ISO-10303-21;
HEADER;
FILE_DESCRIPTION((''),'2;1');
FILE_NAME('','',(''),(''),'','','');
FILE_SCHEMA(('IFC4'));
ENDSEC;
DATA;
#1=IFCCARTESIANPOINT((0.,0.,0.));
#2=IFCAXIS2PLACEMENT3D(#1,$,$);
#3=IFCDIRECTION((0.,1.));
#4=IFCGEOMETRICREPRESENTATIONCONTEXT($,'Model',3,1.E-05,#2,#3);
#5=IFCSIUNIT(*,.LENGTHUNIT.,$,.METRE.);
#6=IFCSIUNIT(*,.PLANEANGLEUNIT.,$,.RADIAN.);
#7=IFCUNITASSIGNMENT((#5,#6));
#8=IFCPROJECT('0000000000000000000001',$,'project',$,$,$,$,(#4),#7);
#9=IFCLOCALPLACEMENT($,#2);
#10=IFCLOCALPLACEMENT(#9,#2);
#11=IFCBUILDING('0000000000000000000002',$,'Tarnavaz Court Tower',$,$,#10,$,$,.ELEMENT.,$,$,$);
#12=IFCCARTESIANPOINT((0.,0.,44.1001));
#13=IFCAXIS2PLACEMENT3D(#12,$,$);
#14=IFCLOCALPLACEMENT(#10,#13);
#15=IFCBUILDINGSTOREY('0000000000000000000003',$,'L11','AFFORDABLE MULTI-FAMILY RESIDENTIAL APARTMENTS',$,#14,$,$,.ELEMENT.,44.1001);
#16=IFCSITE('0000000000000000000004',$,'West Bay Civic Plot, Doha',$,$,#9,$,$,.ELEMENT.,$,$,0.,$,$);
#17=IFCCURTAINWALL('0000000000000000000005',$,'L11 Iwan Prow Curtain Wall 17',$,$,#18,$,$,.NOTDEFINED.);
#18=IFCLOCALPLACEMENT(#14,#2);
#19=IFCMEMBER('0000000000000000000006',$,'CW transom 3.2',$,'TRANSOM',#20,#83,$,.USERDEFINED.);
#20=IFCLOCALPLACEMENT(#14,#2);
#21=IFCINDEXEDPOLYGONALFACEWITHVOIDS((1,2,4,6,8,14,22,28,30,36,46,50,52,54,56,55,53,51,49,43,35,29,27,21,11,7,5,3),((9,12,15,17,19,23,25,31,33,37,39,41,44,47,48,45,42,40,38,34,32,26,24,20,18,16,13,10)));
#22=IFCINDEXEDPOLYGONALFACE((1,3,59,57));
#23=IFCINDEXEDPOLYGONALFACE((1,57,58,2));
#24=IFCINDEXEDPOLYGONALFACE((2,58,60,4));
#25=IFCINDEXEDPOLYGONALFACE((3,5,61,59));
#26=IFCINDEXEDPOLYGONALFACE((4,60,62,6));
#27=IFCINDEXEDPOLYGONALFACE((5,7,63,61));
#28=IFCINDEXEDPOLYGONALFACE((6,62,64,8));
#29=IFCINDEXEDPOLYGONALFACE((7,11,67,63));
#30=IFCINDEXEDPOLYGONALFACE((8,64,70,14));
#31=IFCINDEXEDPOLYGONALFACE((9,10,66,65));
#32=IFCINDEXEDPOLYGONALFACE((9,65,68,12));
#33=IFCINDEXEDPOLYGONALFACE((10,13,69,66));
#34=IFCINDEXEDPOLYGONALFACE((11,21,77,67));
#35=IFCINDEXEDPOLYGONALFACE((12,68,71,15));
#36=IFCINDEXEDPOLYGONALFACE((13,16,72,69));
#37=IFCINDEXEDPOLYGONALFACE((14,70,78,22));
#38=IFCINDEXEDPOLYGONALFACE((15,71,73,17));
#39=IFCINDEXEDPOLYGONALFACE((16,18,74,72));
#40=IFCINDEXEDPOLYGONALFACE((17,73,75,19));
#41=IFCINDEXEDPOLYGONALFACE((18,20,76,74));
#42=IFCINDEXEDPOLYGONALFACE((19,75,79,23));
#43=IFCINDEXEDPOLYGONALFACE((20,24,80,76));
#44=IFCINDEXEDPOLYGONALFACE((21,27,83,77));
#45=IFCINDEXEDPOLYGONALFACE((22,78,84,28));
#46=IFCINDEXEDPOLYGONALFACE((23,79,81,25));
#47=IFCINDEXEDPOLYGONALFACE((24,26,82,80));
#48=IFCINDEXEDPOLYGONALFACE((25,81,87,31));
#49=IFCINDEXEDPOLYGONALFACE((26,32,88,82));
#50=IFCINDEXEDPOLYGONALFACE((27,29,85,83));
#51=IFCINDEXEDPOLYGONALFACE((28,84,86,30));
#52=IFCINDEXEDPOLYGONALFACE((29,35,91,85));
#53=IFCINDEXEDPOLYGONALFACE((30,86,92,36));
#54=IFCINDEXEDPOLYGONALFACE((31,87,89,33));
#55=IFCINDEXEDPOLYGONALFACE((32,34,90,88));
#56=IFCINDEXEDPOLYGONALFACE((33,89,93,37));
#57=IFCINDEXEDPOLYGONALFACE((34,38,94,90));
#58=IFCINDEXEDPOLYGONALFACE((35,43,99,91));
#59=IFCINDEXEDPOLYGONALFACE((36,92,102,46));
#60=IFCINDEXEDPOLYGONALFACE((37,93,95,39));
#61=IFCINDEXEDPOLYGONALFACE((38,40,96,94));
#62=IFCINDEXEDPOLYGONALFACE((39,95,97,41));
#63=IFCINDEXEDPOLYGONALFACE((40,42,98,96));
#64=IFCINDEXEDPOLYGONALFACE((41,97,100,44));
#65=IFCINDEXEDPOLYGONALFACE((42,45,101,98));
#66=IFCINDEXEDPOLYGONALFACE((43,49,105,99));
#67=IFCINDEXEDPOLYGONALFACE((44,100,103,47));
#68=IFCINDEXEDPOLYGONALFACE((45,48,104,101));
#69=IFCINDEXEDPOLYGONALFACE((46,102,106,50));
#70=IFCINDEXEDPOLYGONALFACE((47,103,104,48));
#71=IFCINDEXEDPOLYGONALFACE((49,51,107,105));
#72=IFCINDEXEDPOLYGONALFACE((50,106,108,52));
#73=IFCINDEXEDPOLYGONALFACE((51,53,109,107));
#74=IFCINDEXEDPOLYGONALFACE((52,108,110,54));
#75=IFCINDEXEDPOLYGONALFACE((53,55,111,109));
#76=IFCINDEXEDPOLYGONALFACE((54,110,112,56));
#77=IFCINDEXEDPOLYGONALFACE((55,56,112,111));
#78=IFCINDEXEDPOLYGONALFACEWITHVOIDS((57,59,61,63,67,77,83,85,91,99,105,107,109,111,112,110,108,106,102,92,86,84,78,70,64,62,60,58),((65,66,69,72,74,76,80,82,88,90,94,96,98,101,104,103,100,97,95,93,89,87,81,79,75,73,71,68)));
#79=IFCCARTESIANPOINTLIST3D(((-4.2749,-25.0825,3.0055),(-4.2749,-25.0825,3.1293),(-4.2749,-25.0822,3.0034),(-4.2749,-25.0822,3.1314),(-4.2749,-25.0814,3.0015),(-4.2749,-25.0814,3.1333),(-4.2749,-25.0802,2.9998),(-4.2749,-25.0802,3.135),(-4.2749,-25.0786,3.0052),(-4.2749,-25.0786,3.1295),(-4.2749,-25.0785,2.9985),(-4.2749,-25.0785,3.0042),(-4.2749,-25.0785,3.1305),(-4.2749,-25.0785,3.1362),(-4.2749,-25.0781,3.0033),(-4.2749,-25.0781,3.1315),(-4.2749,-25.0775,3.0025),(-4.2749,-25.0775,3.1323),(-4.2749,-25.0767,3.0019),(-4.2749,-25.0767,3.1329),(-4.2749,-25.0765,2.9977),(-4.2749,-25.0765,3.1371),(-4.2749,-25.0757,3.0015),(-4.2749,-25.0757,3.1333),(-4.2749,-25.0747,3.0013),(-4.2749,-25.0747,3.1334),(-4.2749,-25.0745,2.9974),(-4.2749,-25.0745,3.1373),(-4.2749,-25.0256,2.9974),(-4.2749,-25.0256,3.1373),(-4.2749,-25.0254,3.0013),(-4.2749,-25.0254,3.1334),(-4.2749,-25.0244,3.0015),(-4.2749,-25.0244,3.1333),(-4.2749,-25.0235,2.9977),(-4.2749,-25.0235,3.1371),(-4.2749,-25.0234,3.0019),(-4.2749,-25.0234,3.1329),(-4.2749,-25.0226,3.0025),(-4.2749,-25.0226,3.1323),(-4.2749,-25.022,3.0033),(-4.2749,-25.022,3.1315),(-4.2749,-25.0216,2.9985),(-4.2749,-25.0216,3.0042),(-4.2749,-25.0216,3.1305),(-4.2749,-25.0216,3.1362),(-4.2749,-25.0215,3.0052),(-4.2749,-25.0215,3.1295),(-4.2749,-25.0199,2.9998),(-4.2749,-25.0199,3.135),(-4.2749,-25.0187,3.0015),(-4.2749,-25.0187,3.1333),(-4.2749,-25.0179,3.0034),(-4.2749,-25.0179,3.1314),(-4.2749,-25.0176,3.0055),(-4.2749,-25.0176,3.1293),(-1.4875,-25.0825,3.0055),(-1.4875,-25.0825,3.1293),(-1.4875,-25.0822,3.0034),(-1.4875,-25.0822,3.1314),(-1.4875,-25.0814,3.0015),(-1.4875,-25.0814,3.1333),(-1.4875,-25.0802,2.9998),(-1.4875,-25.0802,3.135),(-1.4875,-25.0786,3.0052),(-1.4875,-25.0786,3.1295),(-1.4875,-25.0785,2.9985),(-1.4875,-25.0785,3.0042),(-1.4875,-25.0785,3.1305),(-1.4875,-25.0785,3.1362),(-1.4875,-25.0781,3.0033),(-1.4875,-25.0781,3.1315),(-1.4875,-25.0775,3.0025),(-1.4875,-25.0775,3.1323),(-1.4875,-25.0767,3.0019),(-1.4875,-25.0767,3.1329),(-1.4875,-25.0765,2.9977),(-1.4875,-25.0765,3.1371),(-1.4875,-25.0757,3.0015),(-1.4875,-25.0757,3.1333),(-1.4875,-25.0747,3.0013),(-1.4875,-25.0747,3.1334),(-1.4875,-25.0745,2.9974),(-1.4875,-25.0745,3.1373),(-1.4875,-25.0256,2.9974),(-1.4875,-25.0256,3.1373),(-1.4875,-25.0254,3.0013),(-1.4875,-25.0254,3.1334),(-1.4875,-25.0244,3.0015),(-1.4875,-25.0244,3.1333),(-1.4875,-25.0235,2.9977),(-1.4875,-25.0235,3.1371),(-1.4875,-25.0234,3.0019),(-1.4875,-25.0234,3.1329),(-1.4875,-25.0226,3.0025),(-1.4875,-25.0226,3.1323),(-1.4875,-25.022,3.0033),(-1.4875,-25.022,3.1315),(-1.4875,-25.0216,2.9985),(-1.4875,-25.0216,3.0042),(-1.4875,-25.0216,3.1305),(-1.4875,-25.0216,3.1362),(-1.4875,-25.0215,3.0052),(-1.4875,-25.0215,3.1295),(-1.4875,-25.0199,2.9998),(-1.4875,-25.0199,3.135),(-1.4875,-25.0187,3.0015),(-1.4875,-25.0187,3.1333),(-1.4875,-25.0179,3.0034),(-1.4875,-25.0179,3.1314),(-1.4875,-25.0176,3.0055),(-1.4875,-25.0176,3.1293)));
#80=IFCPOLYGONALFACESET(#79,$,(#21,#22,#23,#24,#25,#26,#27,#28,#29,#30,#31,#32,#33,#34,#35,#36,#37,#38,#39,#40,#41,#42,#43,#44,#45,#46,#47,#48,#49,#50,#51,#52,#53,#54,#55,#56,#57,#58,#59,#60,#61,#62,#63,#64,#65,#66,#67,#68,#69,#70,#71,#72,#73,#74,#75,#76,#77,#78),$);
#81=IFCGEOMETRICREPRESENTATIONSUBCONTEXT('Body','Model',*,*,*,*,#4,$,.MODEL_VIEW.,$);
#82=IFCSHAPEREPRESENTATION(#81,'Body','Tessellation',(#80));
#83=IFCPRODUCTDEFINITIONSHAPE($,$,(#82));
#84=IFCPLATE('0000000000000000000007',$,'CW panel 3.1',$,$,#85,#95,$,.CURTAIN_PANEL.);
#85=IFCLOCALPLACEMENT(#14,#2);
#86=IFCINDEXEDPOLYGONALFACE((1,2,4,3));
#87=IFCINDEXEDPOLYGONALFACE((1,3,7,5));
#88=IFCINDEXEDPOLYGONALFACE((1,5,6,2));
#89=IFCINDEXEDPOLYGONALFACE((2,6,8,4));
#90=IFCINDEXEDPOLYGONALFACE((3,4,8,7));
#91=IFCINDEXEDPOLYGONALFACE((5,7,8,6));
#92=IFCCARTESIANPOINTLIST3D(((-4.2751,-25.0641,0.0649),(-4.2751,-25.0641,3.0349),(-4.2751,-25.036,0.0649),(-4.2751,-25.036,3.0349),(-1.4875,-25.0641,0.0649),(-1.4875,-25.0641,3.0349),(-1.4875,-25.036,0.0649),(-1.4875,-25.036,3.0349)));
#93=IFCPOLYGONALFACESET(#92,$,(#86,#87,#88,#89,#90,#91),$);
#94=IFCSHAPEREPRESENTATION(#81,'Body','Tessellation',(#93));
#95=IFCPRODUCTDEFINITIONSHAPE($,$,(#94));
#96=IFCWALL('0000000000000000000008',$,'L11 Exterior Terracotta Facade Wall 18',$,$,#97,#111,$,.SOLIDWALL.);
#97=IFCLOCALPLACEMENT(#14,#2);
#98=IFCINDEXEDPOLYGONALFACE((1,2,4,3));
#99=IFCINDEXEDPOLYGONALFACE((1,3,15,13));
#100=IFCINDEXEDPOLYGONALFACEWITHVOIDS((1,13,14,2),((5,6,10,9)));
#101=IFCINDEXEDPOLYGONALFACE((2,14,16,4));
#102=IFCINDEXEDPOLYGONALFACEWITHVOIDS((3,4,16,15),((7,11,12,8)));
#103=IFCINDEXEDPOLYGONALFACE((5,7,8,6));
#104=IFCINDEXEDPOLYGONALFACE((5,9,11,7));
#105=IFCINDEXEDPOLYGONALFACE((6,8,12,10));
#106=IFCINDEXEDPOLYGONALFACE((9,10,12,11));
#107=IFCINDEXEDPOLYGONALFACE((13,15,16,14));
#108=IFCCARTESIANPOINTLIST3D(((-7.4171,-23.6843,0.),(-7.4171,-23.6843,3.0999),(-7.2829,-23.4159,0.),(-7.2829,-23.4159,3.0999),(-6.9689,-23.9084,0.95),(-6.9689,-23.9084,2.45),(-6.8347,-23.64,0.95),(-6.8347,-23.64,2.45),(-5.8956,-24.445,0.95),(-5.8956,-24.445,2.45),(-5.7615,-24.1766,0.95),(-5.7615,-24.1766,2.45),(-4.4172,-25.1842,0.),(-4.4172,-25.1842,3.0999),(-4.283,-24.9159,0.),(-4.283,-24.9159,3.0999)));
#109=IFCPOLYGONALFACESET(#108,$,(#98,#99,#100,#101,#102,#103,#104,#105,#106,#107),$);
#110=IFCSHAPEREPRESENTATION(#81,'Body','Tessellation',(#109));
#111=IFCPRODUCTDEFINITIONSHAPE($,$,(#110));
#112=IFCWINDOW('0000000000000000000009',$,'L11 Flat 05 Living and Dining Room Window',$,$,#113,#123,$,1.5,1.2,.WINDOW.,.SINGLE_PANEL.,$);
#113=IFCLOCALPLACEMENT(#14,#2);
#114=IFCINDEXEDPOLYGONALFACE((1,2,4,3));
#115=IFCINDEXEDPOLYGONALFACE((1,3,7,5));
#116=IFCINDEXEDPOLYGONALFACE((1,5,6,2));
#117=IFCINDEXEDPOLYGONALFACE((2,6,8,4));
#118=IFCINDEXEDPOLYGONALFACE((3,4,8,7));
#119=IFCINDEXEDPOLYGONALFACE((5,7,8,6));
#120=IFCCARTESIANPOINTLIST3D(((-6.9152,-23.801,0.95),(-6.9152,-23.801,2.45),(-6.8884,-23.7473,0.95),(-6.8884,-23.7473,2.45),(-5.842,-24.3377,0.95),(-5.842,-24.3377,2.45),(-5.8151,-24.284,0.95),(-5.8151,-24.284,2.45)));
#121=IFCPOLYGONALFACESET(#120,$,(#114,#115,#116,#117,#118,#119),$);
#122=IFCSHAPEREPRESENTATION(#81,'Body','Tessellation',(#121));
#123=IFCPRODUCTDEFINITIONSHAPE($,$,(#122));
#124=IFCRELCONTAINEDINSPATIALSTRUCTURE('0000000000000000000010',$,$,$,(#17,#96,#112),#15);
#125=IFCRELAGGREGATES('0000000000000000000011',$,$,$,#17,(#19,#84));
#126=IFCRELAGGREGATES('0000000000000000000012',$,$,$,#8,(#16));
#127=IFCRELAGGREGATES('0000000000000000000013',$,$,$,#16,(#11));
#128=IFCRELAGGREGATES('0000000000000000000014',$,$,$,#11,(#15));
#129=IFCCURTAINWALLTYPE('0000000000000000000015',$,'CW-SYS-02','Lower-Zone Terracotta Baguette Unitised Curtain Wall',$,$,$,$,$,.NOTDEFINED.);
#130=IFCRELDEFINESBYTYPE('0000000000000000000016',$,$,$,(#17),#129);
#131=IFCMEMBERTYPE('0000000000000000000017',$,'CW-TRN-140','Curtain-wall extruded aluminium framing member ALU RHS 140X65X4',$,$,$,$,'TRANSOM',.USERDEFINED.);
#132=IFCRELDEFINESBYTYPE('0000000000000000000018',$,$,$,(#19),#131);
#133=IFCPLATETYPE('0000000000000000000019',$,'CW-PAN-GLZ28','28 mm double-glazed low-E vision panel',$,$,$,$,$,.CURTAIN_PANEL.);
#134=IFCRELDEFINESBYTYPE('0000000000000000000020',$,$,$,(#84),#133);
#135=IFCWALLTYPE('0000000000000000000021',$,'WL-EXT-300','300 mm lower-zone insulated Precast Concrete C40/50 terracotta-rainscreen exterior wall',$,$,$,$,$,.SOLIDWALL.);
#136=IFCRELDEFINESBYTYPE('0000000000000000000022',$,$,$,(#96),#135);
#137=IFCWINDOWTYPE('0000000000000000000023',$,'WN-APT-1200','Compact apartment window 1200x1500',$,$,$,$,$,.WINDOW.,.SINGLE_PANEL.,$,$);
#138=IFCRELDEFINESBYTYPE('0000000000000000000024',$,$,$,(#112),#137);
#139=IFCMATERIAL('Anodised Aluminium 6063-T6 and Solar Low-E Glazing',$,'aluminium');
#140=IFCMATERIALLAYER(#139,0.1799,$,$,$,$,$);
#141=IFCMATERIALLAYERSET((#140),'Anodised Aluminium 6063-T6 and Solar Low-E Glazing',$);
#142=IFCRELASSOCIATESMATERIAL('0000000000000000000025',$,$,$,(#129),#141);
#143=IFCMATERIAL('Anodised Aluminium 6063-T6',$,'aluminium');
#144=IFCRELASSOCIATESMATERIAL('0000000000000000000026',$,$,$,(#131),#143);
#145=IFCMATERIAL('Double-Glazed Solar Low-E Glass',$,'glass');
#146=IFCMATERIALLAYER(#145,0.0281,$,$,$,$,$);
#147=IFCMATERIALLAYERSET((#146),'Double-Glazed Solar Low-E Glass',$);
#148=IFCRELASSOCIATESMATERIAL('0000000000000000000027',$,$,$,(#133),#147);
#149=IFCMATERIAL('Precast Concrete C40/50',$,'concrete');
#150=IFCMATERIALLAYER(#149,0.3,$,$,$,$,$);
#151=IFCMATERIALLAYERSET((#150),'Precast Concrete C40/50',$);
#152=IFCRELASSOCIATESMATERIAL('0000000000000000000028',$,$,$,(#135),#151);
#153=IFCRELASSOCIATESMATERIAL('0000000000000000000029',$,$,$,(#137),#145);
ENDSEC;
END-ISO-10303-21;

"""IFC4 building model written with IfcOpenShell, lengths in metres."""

from ifc_helpers import new_model, si_unit, direction, frame, frame_2d, origin, origin_2d, place, context, subcontext, project, spatial, rectangle, hollow_rectangle, extrude, material, layer, layer_set, material_profile, profile_set, type_object, element, fill, aggregate, save


model = new_model("IFC4")

# Units and contexts
model_context = context("Model", 3, precision=1e-05, world=origin(), true_north=direction((0.0, 1.0)))
body_context = subcontext(model_context, "Body", "Model", "MODEL_VIEW")
ifc_project = project(units=[si_unit("LENGTHUNIT", "METRE"), si_unit("PLANEANGLEUNIT", "RADIAN")], contexts=[model_context])

# Site, building, storey
site_placement = place(None, origin())
site = spatial("IfcSite", under=ifc_project, at=site_placement, Name="West Bay Civic Plot, Doha", CompositionType="ELEMENT", RefElevation=0.0)
building_placement = place(site_placement, origin())
building = spatial("IfcBuilding", under=site, at=building_placement, Name="Tarnavaz Court Tower", CompositionType="ELEMENT")
storey_placement = place(building_placement, frame((0.0, 0.0, 44.1001)))
storey = spatial("IfcBuildingStorey", under=building, at=storey_placement, Name="L11", Description="AFFORDABLE MULTI-FAMILY RESIDENTIAL APARTMENTS", CompositionType="ELEMENT", Elevation=44.1001)

# Curtain wall, member, plate
ifc_material_1 = material(Name="Anodised Aluminium 6063-T6 and Solar Low-E Glazing", Category="aluminium")
ifc_layer_1 = layer(ifc_material_1, 0.1799)
ifc_layer_set_1 = layer_set([ifc_layer_1], Name="Anodised Aluminium 6063-T6 and Solar Low-E Glazing")
curtain_wall_type = type_object("IfcCurtainWallType", Name="CW-SYS-02", Description="Lower-Zone Terracotta Baguette Unitised Curtain Wall", PredefinedType="NOTDEFINED", material=ifc_layer_set_1)
curtain_wall_placement = place(storey_placement, origin())
curtain_wall = element("IfcCurtainWall", 1, at=curtain_wall_placement, inside=storey, type_object=curtain_wall_type, Name="L11 Iwan Prow Curtain Wall 17", PredefinedType="NOTDEFINED")
ifc_material_2 = material(Name="Anodised Aluminium 6063-T6", Category="aluminium")
ifc_material_profile_1 = material_profile(ifc_material_2, hollow_rectangle(XDim=0.0649, YDim=0.1399, WallThickness=0.0039, InnerFilletRadius=0.0039, OuterFilletRadius=0.0081, at=origin_2d()), Name="ALU RHS 140X65X4")
ifc_profile_set_1 = profile_set([ifc_material_profile_1], Name="Anodised Aluminium 6063-T6")
member_type_1 = type_object("IfcMemberType", Name="CW-TRN-140", Description="Curtain-wall extruded aluminium framing member ALU RHS 140X65X4", ElementType="TRANSOM", PredefinedType="USERDEFINED", material=ifc_profile_set_1)
member_1_placement = place(storey_placement, frame((-1.4875, -25.05, 3.0674), z_axis=(-1.0, 0.0, 0.0), x_axis=(0.0, -1.0, 0.0)))
member_1 = element("IfcMember", 2, at=member_1_placement, type_object=member_type_1, Name="CW transom 3.2", ObjectType="TRANSOM", PredefinedType="USERDEFINED", context=body_context, shape_type="SweptSolid", body=[
    extrude(hollow_rectangle(XDim=0.0649, YDim=0.1399, WallThickness=0.0039, InnerFilletRadius=0.0039, OuterFilletRadius=0.0081, at=origin_2d()), origin(), (0.0, 0.0, 1.0), 2.7874),
])
ifc_material_3 = material(Name="Double-Glazed Solar Low-E Glass", Category="glass")
ifc_layer_2 = layer(ifc_material_3, 0.0281)
ifc_layer_set_2 = layer_set([ifc_layer_2], Name="Double-Glazed Solar Low-E Glass")
plate_type = type_object("IfcPlateType", Name="CW-PAN-GLZ28", Description="28 mm double-glazed low-E vision panel", PredefinedType="CURTAIN_PANEL", material=ifc_layer_set_2)
plate_placement = place(storey_placement, frame((-2.8813, -25.05, 0.0649), z_axis=(0.0, 0.0, 1.0), x_axis=(-1.0, 0.0, 0.0)))
plate = element("IfcPlate", 3, at=plate_placement, type_object=plate_type, Name="CW panel 3.1", PredefinedType="CURTAIN_PANEL", context=body_context, shape_type="SweptSolid", body=[
    extrude(rectangle(XDim=2.7876, YDim=0.0281, at=origin_2d()), origin(), (0.0, 0.0, 1.0), 2.97),
])
aggregate(curtain_wall, [member_1, plate])

# Wall, opening, window
ifc_material_4 = material(Name="Precast Concrete C40/50", Category="concrete")
ifc_layer_3 = layer(ifc_material_4, 0.3)
ifc_layer_set_3 = layer_set([ifc_layer_3], Name="Precast Concrete C40/50")
wall_type_1 = type_object("IfcWallType", Name="WL-EXT-300", Description="300 mm lower-zone insulated Precast Concrete C40/50 terracotta-rainscreen exterior wall", PredefinedType="SOLIDWALL", material=ifc_layer_set_3)
wall_1_placement = place(storey_placement, frame((-4.3501, -25.05, 0.0), z_axis=(0.0, 0.0, 1.0), x_axis=(-0.894427, 0.447214, 0.0)))
wall_1 = element("IfcWall", 4, at=wall_1_placement, inside=storey, type_object=wall_type_1, Name="L11 Exterior Terracotta Facade Wall 18", PredefinedType="SOLIDWALL", context=body_context, shape_type="SweptSolid", body=[
    extrude(rectangle(XDim=3.354, YDim=0.3, at=frame_2d((1.677, 0.0))), origin(), (0.0, 0.0, 1.0), 3.0999),
])
opening_1_placement = place(wall_1_placement, frame((1.6528, 0.0, 0.95)))
opening_1 = element("IfcOpeningElement", 5, at=opening_1_placement, cuts=wall_1, PredefinedType="OPENING", context=body_context, shape_type="SweptSolid", body=[
    extrude(rectangle(XDim=1.2, YDim=1.5, at=frame_2d((0.6001, 0.75))), frame((0.0, 0.1599, 0.0), z_axis=(0.0, -1.0, 0.0), x_axis=(1.0, 0.0, 0.0)), (0.0, 0.0, 1.0), 0.3201),
])
window_type_1 = type_object("IfcWindowType", Name="WN-APT-1200", Description="Compact apartment window 1200x1500", PartitioningType="SINGLE_PANEL", PredefinedType="WINDOW", material=ifc_material_3)
window_1_placement = place(opening_1_placement, origin())
window_1 = element("IfcWindow", 6, at=window_1_placement, inside=storey, type_object=window_type_1, Name="L11 Flat 05 Living and Dining Room Window", OverallHeight=1.5, OverallWidth=1.2, PartitioningType="SINGLE_PANEL", PredefinedType="WINDOW", context=body_context, shape_type="SweptSolid", body=[
    extrude(rectangle(XDim=1.2, YDim=1.5, at=frame_2d((0.6001, 0.75))), frame((0.0, 0.03, 0.0), z_axis=(0.0, -1.0, 0.0), x_axis=(1.0, 0.0, 0.0)), (0.0, 0.0, 1.0), 0.0601),
])
fill(opening_1, window_1)

save(model, "model.ifc")
